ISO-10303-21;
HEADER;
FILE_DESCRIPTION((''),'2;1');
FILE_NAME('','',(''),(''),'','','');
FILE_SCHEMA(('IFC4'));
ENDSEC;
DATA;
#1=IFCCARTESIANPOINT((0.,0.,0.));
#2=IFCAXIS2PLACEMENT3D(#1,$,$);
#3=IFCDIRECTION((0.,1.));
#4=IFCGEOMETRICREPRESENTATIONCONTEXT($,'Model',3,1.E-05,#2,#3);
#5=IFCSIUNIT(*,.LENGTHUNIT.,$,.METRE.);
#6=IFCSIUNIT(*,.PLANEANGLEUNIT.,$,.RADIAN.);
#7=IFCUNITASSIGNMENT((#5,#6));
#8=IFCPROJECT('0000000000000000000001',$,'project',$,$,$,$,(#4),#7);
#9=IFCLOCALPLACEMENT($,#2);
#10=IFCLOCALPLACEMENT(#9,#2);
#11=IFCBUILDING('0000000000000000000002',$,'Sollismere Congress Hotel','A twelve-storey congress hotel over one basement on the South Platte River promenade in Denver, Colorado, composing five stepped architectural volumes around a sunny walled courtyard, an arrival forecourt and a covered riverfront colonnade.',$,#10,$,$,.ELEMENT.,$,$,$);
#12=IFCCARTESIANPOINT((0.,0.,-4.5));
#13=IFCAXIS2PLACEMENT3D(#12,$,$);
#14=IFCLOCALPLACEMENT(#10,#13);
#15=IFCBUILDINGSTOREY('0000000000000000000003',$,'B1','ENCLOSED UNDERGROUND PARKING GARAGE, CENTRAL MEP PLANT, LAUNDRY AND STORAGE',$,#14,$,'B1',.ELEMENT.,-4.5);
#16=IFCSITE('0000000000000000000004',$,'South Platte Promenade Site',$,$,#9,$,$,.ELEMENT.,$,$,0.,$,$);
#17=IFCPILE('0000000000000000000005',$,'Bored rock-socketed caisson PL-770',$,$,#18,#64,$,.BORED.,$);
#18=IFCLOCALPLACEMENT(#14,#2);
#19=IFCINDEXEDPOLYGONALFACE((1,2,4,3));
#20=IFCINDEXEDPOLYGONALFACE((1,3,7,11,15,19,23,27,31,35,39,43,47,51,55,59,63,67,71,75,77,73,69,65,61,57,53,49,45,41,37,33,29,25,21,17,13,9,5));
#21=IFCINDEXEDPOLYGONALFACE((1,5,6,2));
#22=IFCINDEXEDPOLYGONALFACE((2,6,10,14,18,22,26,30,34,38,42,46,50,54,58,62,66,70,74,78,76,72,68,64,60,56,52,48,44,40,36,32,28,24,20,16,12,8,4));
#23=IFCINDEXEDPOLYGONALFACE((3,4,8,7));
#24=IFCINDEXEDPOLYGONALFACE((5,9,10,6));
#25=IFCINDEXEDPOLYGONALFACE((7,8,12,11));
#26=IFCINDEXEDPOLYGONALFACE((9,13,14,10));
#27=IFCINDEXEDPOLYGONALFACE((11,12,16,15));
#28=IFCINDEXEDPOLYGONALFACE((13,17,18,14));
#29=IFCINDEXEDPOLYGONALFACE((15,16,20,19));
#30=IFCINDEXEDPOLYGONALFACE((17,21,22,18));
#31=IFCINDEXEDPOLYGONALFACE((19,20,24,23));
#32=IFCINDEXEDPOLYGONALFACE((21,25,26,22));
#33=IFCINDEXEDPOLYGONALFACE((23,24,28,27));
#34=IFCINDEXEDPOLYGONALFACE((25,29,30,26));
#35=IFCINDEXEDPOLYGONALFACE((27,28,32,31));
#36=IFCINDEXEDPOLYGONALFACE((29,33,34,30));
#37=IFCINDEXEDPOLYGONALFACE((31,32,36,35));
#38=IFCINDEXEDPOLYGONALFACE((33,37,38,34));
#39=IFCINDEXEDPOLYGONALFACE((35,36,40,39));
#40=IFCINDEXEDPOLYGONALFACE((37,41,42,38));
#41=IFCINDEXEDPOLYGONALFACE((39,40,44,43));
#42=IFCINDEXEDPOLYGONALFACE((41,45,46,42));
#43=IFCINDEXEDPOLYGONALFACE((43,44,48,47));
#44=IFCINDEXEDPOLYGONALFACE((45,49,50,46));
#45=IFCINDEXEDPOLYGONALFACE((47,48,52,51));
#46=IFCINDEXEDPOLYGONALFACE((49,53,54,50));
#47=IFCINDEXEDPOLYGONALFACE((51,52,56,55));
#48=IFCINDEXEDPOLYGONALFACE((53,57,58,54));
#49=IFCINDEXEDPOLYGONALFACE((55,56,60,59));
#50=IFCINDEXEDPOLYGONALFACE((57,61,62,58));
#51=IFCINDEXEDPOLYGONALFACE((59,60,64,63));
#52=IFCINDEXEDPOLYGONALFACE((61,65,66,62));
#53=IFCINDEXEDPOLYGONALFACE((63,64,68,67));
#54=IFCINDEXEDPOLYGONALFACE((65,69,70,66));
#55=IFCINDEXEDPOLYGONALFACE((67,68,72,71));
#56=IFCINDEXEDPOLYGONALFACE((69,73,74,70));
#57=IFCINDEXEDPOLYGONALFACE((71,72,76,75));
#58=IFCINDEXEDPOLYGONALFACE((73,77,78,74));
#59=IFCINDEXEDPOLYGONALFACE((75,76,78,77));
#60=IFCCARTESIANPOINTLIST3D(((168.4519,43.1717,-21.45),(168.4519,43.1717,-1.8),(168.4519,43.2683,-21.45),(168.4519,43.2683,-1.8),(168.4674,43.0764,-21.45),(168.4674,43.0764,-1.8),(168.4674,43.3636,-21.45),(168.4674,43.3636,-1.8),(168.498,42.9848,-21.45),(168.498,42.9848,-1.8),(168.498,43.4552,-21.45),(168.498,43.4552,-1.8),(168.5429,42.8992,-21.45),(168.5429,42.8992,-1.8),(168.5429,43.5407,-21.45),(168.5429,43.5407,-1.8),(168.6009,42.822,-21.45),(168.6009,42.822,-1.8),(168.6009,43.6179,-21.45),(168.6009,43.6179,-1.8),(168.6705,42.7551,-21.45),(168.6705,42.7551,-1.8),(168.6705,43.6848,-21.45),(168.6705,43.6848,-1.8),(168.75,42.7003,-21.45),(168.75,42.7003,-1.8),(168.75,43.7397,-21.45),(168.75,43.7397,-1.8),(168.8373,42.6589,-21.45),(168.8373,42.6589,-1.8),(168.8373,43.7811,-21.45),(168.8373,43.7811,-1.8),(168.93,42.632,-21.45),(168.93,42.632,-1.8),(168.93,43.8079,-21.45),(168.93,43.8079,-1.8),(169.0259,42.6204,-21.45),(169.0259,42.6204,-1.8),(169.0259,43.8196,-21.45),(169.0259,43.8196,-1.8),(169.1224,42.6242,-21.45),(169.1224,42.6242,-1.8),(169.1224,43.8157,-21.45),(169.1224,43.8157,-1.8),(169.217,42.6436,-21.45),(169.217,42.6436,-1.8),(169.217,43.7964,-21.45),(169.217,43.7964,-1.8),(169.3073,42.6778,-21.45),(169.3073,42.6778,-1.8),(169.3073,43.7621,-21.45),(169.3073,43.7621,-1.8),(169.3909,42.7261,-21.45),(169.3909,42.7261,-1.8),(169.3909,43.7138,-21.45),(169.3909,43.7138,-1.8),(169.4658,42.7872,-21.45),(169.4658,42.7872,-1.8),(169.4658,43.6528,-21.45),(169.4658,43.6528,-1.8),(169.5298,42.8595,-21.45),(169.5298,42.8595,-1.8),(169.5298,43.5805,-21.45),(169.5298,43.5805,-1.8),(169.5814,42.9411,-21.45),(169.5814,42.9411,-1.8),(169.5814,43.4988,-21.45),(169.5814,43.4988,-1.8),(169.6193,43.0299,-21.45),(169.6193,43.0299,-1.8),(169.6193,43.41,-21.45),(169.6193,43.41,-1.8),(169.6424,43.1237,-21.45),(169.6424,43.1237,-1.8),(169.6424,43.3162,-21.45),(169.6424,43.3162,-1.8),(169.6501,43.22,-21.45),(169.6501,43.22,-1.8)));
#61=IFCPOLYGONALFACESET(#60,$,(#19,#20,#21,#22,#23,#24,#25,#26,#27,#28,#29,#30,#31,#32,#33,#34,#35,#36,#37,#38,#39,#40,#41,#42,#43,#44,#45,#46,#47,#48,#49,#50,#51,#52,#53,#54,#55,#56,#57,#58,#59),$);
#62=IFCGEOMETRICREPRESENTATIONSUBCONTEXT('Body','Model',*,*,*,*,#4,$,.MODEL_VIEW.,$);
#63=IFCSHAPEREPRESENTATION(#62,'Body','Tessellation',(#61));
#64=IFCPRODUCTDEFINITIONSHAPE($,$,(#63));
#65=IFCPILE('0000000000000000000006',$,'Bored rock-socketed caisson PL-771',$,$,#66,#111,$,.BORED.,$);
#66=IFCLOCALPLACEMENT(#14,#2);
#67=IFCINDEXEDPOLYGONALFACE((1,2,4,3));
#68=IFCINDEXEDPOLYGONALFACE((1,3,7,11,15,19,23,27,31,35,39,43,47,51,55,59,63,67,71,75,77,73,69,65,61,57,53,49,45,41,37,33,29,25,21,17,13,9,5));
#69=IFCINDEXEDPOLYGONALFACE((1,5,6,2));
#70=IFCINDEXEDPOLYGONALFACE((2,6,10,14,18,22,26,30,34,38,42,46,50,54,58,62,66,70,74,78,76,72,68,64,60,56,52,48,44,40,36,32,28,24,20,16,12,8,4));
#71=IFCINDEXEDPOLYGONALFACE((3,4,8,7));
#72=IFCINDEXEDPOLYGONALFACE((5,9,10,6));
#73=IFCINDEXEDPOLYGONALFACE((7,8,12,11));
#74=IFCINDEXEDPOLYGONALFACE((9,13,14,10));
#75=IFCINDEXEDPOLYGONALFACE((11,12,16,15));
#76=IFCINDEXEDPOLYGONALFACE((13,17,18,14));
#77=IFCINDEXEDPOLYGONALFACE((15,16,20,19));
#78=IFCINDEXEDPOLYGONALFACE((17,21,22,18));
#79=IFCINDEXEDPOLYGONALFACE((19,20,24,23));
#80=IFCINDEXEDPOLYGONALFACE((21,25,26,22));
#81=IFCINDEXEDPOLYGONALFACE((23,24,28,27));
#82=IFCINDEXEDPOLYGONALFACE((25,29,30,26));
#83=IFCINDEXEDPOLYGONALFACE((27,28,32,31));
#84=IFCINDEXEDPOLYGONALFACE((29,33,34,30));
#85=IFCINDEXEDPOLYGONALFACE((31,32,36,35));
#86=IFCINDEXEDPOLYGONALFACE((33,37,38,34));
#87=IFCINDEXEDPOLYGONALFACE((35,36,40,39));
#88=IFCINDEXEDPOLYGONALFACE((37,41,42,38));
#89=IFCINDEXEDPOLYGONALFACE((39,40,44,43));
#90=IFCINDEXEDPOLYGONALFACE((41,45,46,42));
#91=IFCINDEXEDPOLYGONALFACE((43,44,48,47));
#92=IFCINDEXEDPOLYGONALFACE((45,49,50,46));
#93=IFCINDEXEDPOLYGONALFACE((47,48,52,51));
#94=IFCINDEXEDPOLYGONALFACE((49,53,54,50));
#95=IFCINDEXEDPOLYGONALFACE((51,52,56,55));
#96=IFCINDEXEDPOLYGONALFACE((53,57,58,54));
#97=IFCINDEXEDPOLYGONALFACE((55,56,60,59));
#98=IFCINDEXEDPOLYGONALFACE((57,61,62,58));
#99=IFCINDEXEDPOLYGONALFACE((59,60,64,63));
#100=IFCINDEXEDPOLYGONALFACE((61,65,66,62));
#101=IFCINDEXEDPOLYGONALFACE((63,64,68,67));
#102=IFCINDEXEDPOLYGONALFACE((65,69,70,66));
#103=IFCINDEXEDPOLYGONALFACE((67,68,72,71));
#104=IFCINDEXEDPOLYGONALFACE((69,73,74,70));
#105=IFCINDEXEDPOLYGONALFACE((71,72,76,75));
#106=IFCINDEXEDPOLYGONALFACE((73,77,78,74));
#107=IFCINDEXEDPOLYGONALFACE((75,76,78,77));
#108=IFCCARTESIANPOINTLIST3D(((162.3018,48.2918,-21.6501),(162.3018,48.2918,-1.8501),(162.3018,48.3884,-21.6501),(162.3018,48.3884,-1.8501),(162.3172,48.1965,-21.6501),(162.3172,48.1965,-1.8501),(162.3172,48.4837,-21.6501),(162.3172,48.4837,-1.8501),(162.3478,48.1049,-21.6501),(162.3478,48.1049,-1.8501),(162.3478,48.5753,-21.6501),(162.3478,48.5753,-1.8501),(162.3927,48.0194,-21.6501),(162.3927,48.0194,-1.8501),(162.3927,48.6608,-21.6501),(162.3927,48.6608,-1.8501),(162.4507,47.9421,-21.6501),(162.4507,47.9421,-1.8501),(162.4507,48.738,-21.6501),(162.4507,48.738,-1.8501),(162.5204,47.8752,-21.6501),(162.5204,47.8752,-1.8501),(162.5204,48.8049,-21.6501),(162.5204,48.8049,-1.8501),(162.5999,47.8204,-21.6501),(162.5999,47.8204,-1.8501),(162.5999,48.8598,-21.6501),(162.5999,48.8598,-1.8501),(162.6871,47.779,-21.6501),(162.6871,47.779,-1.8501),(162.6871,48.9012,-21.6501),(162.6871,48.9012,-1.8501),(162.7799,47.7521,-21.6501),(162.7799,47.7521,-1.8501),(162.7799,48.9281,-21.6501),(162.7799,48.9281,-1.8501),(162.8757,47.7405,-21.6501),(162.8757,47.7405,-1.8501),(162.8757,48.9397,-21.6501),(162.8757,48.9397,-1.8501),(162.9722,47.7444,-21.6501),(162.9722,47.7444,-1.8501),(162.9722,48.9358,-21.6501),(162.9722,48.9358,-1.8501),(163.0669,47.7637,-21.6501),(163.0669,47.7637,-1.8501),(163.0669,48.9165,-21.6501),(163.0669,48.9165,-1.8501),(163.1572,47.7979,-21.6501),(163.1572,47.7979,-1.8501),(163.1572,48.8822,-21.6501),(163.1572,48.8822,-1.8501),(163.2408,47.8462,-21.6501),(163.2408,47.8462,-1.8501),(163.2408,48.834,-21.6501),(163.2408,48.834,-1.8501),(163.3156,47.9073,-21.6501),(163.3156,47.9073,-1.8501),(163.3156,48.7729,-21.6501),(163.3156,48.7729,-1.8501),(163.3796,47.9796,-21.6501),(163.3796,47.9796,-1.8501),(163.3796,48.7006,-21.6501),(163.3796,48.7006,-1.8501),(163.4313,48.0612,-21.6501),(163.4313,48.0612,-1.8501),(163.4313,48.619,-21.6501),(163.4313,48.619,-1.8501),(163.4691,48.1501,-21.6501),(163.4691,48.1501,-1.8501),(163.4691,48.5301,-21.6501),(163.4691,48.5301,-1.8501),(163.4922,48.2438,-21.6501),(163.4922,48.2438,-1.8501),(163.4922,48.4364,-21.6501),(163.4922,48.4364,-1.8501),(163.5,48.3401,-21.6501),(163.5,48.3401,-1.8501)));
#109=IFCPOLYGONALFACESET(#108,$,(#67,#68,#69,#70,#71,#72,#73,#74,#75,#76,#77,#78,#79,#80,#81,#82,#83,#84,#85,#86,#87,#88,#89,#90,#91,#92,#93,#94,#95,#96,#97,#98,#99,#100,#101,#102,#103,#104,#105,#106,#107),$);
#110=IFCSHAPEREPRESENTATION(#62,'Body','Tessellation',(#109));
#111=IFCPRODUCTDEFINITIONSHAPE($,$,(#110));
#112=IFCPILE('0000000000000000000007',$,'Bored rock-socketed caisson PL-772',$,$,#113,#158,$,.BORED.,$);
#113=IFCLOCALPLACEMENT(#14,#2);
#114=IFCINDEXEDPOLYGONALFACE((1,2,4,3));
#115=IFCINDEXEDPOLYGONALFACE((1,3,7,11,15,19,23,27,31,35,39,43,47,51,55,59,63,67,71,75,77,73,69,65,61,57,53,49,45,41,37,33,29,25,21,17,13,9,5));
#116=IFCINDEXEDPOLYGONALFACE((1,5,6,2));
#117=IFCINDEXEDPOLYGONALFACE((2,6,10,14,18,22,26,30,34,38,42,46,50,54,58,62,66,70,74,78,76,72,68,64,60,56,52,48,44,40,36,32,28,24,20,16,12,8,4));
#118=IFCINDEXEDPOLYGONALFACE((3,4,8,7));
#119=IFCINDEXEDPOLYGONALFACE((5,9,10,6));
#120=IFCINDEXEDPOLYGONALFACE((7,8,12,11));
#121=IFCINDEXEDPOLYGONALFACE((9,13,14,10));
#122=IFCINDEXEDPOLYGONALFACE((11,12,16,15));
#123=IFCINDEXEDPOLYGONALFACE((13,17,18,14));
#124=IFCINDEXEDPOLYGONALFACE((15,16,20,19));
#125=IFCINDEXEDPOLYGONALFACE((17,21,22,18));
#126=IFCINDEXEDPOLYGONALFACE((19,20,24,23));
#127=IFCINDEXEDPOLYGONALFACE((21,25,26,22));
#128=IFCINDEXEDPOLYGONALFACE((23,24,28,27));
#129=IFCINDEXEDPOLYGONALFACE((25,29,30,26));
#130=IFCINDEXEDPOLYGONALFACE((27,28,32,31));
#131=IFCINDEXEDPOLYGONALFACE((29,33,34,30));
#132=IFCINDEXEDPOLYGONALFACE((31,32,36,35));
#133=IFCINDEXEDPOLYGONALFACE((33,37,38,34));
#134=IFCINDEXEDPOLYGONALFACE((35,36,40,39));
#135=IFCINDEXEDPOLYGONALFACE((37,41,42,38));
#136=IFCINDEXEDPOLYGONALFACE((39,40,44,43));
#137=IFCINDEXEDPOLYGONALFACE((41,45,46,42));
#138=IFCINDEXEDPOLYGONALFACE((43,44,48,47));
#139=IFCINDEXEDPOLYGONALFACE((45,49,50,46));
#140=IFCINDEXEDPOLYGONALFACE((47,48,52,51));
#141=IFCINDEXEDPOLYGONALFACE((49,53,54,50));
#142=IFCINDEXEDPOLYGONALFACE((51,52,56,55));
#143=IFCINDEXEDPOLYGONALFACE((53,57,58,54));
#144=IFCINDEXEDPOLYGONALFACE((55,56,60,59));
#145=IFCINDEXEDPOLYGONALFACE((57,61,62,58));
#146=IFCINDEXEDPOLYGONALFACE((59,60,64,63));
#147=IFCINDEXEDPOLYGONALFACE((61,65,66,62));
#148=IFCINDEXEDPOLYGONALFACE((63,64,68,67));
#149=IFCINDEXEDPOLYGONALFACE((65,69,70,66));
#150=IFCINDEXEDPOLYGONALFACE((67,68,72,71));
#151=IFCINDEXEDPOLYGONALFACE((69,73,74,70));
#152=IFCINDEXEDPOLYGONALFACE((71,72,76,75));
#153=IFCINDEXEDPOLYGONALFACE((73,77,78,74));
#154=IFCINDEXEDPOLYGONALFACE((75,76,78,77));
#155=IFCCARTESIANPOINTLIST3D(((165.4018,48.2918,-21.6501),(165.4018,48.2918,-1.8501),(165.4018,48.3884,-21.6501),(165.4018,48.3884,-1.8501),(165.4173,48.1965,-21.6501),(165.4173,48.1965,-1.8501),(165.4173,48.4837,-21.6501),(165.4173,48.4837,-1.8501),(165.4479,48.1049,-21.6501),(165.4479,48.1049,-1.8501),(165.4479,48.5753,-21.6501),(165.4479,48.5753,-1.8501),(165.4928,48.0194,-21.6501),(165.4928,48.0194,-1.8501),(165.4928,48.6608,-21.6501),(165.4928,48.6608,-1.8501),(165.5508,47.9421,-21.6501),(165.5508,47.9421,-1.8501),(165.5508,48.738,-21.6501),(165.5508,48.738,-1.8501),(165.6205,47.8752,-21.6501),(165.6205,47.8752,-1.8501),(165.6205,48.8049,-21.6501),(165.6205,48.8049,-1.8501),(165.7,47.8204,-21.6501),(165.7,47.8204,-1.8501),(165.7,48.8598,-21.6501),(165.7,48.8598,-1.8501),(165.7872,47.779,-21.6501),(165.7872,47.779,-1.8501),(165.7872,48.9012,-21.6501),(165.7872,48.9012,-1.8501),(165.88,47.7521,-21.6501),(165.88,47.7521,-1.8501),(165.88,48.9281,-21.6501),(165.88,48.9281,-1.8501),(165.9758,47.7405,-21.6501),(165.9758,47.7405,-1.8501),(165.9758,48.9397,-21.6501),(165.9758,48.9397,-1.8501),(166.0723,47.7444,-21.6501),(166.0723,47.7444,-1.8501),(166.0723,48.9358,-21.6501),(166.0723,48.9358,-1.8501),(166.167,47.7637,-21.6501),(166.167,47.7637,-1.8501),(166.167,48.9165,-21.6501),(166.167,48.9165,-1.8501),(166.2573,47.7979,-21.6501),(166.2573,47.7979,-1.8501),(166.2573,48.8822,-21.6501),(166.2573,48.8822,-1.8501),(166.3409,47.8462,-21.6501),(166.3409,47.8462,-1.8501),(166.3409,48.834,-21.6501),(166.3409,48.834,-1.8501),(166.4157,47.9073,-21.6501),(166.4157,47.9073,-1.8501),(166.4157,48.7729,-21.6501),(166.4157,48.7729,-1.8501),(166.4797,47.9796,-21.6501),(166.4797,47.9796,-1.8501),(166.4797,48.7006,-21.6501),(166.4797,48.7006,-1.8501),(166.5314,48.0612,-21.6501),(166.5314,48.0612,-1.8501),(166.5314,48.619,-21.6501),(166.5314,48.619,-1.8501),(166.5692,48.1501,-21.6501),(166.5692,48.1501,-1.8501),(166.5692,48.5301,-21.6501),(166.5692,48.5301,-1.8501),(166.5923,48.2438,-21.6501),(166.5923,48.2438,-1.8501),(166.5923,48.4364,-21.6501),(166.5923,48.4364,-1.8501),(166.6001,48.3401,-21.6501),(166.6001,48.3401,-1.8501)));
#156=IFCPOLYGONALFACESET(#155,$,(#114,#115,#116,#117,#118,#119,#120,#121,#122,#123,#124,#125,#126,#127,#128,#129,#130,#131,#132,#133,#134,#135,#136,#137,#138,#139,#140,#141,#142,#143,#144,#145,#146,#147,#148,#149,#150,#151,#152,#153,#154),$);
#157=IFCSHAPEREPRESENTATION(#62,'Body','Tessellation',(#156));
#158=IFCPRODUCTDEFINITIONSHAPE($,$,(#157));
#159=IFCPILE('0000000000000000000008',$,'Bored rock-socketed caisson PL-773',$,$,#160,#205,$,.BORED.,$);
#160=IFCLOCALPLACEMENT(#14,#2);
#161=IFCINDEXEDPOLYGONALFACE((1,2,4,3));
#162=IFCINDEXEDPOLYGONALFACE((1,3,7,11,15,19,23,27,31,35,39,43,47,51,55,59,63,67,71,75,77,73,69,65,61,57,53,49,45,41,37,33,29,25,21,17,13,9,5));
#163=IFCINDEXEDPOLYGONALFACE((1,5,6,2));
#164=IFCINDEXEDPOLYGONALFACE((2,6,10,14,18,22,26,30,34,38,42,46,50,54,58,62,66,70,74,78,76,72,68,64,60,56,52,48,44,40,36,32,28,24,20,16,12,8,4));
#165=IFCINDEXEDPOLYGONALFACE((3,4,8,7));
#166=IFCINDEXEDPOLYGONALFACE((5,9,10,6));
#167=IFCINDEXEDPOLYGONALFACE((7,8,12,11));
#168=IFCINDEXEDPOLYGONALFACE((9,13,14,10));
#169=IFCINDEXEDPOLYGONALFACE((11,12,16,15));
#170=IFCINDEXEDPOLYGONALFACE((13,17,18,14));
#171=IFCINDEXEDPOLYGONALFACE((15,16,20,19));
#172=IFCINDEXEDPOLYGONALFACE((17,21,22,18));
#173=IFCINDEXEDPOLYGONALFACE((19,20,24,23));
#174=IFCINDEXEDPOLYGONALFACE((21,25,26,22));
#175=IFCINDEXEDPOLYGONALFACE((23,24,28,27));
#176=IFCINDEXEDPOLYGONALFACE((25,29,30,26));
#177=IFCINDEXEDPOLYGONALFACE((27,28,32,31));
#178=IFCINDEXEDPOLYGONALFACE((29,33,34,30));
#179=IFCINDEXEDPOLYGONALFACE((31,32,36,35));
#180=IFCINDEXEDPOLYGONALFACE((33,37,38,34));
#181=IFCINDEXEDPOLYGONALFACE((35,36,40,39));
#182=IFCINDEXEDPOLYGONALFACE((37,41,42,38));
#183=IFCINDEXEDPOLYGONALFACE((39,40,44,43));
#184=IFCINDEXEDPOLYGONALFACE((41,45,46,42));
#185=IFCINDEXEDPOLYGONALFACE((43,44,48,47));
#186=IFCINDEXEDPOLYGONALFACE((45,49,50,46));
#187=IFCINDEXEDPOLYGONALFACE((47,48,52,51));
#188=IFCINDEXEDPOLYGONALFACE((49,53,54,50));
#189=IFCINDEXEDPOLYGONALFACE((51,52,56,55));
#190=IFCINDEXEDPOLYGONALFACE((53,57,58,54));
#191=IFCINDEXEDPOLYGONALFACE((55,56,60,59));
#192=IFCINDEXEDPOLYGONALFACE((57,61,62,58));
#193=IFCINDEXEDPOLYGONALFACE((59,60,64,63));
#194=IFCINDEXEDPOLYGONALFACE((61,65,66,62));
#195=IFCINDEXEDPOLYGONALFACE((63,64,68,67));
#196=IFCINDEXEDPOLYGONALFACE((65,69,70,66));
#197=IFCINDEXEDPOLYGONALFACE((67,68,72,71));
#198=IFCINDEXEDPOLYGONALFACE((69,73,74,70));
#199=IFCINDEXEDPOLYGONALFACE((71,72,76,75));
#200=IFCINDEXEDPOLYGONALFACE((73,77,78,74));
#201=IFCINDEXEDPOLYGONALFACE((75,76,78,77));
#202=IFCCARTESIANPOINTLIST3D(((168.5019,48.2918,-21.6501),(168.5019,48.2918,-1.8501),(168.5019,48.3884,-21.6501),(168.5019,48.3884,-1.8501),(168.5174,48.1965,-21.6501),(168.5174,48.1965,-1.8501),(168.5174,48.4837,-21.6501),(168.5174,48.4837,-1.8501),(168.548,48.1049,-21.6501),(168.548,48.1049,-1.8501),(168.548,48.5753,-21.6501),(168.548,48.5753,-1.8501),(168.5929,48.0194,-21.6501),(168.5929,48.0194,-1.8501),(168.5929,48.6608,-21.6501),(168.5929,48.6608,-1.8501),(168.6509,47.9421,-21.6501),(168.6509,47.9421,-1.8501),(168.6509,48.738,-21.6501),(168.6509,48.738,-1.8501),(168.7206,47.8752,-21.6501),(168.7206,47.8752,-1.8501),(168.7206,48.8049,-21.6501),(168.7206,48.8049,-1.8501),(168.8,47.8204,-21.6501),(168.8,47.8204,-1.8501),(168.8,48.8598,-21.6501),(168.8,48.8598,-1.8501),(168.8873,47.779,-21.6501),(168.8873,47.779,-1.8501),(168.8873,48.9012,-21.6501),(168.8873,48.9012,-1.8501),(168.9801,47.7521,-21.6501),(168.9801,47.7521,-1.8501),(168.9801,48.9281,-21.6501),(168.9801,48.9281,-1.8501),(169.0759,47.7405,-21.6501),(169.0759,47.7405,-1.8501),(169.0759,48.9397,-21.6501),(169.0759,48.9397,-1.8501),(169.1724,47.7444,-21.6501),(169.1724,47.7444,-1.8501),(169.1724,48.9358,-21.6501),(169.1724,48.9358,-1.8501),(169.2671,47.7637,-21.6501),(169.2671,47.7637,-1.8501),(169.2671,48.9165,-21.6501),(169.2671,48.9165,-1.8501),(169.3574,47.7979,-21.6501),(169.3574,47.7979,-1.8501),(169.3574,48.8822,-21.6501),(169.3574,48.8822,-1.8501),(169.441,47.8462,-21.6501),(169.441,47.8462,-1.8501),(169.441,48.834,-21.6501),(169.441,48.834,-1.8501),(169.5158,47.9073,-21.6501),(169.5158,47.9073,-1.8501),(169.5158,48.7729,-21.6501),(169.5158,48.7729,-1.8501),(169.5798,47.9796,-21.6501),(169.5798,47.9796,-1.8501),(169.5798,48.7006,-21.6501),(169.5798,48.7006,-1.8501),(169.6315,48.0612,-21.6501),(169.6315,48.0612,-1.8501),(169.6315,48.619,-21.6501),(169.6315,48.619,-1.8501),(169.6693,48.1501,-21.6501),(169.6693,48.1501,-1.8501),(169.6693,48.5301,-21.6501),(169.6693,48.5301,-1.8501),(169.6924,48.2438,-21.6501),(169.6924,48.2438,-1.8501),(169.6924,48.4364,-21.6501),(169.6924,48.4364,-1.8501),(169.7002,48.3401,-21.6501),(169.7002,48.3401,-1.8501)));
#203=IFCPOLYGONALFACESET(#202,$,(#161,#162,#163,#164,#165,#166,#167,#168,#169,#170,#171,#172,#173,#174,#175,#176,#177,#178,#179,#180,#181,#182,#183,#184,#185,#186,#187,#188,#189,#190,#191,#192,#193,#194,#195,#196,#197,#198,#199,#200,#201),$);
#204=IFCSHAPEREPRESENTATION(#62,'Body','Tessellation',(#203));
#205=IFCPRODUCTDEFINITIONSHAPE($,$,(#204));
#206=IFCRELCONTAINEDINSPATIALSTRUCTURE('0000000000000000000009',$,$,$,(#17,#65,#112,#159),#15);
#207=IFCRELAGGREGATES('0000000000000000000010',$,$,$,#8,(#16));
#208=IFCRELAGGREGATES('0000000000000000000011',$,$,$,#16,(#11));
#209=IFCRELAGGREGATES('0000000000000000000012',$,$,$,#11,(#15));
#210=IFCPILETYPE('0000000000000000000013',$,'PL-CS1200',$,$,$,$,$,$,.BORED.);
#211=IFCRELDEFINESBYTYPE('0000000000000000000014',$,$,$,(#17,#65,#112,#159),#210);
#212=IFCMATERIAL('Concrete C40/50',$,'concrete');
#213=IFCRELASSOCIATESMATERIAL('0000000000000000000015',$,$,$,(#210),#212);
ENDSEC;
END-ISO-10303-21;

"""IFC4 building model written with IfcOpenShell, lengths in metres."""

from ifc_helpers import new_model, si_unit, direction, frame, origin, origin_2d, place, context, subcontext, project, spatial, circle, extrude, material, material_profile, profile_set, type_object, element, save


model = new_model("IFC4")

# Units and contexts
model_context = context("Model", 3, precision=1e-05, world=origin(), true_north=direction((0.0, 1.0)))
body_context = subcontext(model_context, "Body", "Model", "MODEL_VIEW")
ifc_project = project(units=[si_unit("LENGTHUNIT", "METRE"), si_unit("PLANEANGLEUNIT", "RADIAN")], contexts=[model_context])

# Site, building, storey
site_placement = place(None, origin())
site = spatial("IfcSite", under=ifc_project, at=site_placement, Name="South Platte Promenade Site", CompositionType="ELEMENT", RefElevation=0.0)
building_placement = place(site_placement, origin())
building = spatial("IfcBuilding", under=site, at=building_placement, Name="Sollismere Congress Hotel", Description="A twelve-storey congress hotel over one basement on the South Platte River promenade in Denver, Colorado, composing five stepped architectural volumes around a sunny walled courtyard, an arrival forecourt and a covered riverfront colonnade.", CompositionType="ELEMENT")
storey_placement = place(building_placement, frame((0.0, 0.0, -4.5)))
storey = spatial("IfcBuildingStorey", under=building, at=storey_placement, Name="B1", Description="ENCLOSED UNDERGROUND PARKING GARAGE, CENTRAL MEP PLANT, LAUNDRY AND STORAGE", LongName="B1", CompositionType="ELEMENT", Elevation=-4.5)

# Shared definitions
ifc_material_1 = material(Name="Concrete C40/50", Category="concrete")

# Piles
ifc_material_profile_1 = material_profile(ifc_material_1, circle(Radius=0.6001, at=origin_2d()), Name="CAISSON1200")
ifc_profile_set_1 = profile_set([ifc_material_profile_1], Name="Concrete C40/50")
pile_type = type_object("IfcPileType", Name="PL-CS1200", PredefinedType="BORED", material=ifc_profile_set_1)
for number, where, z_axis, x_axis, name in (
    (1, (169.05, 43.22, -1.8), (0.0, 0.0, -1.0), (1.0, 0.0, 0.0), "Bored rock-socketed caisson PL-770"),
):
    element("IfcPile", number, at=place(storey_placement, frame(where, z_axis=z_axis, x_axis=x_axis)), inside=storey, type_object=pile_type, Name=name, PredefinedType="BORED", context=body_context, shape_type="SweptSolid", body=[
        extrude(circle(Radius=0.6001, at=origin_2d()), origin(), (0.0, 0.0, 1.0), 19.6499),
    ])
for number, where, z_axis, x_axis, name in (
    (2, (162.8999, 48.3401, -1.8501), (0.0, 0.0, -1.0), (1.0, 0.0, 0.0), "Bored rock-socketed caisson PL-771"),
    (3, (166.0, 48.3401, -1.8501), (0.0, 0.0, -1.0), (1.0, 0.0, 0.0), "Bored rock-socketed caisson PL-772"),
    (4, (169.1001, 48.3401, -1.8501), (0.0, 0.0, -1.0), (1.0, 0.0, 0.0), "Bored rock-socketed caisson PL-773"),
):
    element("IfcPile", number, at=place(storey_placement, frame(where, z_axis=z_axis, x_axis=x_axis)), inside=storey, type_object=pile_type, Name=name, PredefinedType="BORED", context=body_context, shape_type="SweptSolid", body=[
        extrude(circle(Radius=0.6001, at=origin_2d()), origin(), (0.0, 0.0, 1.0), 19.8),
    ])

save(model, "model.ifc")
